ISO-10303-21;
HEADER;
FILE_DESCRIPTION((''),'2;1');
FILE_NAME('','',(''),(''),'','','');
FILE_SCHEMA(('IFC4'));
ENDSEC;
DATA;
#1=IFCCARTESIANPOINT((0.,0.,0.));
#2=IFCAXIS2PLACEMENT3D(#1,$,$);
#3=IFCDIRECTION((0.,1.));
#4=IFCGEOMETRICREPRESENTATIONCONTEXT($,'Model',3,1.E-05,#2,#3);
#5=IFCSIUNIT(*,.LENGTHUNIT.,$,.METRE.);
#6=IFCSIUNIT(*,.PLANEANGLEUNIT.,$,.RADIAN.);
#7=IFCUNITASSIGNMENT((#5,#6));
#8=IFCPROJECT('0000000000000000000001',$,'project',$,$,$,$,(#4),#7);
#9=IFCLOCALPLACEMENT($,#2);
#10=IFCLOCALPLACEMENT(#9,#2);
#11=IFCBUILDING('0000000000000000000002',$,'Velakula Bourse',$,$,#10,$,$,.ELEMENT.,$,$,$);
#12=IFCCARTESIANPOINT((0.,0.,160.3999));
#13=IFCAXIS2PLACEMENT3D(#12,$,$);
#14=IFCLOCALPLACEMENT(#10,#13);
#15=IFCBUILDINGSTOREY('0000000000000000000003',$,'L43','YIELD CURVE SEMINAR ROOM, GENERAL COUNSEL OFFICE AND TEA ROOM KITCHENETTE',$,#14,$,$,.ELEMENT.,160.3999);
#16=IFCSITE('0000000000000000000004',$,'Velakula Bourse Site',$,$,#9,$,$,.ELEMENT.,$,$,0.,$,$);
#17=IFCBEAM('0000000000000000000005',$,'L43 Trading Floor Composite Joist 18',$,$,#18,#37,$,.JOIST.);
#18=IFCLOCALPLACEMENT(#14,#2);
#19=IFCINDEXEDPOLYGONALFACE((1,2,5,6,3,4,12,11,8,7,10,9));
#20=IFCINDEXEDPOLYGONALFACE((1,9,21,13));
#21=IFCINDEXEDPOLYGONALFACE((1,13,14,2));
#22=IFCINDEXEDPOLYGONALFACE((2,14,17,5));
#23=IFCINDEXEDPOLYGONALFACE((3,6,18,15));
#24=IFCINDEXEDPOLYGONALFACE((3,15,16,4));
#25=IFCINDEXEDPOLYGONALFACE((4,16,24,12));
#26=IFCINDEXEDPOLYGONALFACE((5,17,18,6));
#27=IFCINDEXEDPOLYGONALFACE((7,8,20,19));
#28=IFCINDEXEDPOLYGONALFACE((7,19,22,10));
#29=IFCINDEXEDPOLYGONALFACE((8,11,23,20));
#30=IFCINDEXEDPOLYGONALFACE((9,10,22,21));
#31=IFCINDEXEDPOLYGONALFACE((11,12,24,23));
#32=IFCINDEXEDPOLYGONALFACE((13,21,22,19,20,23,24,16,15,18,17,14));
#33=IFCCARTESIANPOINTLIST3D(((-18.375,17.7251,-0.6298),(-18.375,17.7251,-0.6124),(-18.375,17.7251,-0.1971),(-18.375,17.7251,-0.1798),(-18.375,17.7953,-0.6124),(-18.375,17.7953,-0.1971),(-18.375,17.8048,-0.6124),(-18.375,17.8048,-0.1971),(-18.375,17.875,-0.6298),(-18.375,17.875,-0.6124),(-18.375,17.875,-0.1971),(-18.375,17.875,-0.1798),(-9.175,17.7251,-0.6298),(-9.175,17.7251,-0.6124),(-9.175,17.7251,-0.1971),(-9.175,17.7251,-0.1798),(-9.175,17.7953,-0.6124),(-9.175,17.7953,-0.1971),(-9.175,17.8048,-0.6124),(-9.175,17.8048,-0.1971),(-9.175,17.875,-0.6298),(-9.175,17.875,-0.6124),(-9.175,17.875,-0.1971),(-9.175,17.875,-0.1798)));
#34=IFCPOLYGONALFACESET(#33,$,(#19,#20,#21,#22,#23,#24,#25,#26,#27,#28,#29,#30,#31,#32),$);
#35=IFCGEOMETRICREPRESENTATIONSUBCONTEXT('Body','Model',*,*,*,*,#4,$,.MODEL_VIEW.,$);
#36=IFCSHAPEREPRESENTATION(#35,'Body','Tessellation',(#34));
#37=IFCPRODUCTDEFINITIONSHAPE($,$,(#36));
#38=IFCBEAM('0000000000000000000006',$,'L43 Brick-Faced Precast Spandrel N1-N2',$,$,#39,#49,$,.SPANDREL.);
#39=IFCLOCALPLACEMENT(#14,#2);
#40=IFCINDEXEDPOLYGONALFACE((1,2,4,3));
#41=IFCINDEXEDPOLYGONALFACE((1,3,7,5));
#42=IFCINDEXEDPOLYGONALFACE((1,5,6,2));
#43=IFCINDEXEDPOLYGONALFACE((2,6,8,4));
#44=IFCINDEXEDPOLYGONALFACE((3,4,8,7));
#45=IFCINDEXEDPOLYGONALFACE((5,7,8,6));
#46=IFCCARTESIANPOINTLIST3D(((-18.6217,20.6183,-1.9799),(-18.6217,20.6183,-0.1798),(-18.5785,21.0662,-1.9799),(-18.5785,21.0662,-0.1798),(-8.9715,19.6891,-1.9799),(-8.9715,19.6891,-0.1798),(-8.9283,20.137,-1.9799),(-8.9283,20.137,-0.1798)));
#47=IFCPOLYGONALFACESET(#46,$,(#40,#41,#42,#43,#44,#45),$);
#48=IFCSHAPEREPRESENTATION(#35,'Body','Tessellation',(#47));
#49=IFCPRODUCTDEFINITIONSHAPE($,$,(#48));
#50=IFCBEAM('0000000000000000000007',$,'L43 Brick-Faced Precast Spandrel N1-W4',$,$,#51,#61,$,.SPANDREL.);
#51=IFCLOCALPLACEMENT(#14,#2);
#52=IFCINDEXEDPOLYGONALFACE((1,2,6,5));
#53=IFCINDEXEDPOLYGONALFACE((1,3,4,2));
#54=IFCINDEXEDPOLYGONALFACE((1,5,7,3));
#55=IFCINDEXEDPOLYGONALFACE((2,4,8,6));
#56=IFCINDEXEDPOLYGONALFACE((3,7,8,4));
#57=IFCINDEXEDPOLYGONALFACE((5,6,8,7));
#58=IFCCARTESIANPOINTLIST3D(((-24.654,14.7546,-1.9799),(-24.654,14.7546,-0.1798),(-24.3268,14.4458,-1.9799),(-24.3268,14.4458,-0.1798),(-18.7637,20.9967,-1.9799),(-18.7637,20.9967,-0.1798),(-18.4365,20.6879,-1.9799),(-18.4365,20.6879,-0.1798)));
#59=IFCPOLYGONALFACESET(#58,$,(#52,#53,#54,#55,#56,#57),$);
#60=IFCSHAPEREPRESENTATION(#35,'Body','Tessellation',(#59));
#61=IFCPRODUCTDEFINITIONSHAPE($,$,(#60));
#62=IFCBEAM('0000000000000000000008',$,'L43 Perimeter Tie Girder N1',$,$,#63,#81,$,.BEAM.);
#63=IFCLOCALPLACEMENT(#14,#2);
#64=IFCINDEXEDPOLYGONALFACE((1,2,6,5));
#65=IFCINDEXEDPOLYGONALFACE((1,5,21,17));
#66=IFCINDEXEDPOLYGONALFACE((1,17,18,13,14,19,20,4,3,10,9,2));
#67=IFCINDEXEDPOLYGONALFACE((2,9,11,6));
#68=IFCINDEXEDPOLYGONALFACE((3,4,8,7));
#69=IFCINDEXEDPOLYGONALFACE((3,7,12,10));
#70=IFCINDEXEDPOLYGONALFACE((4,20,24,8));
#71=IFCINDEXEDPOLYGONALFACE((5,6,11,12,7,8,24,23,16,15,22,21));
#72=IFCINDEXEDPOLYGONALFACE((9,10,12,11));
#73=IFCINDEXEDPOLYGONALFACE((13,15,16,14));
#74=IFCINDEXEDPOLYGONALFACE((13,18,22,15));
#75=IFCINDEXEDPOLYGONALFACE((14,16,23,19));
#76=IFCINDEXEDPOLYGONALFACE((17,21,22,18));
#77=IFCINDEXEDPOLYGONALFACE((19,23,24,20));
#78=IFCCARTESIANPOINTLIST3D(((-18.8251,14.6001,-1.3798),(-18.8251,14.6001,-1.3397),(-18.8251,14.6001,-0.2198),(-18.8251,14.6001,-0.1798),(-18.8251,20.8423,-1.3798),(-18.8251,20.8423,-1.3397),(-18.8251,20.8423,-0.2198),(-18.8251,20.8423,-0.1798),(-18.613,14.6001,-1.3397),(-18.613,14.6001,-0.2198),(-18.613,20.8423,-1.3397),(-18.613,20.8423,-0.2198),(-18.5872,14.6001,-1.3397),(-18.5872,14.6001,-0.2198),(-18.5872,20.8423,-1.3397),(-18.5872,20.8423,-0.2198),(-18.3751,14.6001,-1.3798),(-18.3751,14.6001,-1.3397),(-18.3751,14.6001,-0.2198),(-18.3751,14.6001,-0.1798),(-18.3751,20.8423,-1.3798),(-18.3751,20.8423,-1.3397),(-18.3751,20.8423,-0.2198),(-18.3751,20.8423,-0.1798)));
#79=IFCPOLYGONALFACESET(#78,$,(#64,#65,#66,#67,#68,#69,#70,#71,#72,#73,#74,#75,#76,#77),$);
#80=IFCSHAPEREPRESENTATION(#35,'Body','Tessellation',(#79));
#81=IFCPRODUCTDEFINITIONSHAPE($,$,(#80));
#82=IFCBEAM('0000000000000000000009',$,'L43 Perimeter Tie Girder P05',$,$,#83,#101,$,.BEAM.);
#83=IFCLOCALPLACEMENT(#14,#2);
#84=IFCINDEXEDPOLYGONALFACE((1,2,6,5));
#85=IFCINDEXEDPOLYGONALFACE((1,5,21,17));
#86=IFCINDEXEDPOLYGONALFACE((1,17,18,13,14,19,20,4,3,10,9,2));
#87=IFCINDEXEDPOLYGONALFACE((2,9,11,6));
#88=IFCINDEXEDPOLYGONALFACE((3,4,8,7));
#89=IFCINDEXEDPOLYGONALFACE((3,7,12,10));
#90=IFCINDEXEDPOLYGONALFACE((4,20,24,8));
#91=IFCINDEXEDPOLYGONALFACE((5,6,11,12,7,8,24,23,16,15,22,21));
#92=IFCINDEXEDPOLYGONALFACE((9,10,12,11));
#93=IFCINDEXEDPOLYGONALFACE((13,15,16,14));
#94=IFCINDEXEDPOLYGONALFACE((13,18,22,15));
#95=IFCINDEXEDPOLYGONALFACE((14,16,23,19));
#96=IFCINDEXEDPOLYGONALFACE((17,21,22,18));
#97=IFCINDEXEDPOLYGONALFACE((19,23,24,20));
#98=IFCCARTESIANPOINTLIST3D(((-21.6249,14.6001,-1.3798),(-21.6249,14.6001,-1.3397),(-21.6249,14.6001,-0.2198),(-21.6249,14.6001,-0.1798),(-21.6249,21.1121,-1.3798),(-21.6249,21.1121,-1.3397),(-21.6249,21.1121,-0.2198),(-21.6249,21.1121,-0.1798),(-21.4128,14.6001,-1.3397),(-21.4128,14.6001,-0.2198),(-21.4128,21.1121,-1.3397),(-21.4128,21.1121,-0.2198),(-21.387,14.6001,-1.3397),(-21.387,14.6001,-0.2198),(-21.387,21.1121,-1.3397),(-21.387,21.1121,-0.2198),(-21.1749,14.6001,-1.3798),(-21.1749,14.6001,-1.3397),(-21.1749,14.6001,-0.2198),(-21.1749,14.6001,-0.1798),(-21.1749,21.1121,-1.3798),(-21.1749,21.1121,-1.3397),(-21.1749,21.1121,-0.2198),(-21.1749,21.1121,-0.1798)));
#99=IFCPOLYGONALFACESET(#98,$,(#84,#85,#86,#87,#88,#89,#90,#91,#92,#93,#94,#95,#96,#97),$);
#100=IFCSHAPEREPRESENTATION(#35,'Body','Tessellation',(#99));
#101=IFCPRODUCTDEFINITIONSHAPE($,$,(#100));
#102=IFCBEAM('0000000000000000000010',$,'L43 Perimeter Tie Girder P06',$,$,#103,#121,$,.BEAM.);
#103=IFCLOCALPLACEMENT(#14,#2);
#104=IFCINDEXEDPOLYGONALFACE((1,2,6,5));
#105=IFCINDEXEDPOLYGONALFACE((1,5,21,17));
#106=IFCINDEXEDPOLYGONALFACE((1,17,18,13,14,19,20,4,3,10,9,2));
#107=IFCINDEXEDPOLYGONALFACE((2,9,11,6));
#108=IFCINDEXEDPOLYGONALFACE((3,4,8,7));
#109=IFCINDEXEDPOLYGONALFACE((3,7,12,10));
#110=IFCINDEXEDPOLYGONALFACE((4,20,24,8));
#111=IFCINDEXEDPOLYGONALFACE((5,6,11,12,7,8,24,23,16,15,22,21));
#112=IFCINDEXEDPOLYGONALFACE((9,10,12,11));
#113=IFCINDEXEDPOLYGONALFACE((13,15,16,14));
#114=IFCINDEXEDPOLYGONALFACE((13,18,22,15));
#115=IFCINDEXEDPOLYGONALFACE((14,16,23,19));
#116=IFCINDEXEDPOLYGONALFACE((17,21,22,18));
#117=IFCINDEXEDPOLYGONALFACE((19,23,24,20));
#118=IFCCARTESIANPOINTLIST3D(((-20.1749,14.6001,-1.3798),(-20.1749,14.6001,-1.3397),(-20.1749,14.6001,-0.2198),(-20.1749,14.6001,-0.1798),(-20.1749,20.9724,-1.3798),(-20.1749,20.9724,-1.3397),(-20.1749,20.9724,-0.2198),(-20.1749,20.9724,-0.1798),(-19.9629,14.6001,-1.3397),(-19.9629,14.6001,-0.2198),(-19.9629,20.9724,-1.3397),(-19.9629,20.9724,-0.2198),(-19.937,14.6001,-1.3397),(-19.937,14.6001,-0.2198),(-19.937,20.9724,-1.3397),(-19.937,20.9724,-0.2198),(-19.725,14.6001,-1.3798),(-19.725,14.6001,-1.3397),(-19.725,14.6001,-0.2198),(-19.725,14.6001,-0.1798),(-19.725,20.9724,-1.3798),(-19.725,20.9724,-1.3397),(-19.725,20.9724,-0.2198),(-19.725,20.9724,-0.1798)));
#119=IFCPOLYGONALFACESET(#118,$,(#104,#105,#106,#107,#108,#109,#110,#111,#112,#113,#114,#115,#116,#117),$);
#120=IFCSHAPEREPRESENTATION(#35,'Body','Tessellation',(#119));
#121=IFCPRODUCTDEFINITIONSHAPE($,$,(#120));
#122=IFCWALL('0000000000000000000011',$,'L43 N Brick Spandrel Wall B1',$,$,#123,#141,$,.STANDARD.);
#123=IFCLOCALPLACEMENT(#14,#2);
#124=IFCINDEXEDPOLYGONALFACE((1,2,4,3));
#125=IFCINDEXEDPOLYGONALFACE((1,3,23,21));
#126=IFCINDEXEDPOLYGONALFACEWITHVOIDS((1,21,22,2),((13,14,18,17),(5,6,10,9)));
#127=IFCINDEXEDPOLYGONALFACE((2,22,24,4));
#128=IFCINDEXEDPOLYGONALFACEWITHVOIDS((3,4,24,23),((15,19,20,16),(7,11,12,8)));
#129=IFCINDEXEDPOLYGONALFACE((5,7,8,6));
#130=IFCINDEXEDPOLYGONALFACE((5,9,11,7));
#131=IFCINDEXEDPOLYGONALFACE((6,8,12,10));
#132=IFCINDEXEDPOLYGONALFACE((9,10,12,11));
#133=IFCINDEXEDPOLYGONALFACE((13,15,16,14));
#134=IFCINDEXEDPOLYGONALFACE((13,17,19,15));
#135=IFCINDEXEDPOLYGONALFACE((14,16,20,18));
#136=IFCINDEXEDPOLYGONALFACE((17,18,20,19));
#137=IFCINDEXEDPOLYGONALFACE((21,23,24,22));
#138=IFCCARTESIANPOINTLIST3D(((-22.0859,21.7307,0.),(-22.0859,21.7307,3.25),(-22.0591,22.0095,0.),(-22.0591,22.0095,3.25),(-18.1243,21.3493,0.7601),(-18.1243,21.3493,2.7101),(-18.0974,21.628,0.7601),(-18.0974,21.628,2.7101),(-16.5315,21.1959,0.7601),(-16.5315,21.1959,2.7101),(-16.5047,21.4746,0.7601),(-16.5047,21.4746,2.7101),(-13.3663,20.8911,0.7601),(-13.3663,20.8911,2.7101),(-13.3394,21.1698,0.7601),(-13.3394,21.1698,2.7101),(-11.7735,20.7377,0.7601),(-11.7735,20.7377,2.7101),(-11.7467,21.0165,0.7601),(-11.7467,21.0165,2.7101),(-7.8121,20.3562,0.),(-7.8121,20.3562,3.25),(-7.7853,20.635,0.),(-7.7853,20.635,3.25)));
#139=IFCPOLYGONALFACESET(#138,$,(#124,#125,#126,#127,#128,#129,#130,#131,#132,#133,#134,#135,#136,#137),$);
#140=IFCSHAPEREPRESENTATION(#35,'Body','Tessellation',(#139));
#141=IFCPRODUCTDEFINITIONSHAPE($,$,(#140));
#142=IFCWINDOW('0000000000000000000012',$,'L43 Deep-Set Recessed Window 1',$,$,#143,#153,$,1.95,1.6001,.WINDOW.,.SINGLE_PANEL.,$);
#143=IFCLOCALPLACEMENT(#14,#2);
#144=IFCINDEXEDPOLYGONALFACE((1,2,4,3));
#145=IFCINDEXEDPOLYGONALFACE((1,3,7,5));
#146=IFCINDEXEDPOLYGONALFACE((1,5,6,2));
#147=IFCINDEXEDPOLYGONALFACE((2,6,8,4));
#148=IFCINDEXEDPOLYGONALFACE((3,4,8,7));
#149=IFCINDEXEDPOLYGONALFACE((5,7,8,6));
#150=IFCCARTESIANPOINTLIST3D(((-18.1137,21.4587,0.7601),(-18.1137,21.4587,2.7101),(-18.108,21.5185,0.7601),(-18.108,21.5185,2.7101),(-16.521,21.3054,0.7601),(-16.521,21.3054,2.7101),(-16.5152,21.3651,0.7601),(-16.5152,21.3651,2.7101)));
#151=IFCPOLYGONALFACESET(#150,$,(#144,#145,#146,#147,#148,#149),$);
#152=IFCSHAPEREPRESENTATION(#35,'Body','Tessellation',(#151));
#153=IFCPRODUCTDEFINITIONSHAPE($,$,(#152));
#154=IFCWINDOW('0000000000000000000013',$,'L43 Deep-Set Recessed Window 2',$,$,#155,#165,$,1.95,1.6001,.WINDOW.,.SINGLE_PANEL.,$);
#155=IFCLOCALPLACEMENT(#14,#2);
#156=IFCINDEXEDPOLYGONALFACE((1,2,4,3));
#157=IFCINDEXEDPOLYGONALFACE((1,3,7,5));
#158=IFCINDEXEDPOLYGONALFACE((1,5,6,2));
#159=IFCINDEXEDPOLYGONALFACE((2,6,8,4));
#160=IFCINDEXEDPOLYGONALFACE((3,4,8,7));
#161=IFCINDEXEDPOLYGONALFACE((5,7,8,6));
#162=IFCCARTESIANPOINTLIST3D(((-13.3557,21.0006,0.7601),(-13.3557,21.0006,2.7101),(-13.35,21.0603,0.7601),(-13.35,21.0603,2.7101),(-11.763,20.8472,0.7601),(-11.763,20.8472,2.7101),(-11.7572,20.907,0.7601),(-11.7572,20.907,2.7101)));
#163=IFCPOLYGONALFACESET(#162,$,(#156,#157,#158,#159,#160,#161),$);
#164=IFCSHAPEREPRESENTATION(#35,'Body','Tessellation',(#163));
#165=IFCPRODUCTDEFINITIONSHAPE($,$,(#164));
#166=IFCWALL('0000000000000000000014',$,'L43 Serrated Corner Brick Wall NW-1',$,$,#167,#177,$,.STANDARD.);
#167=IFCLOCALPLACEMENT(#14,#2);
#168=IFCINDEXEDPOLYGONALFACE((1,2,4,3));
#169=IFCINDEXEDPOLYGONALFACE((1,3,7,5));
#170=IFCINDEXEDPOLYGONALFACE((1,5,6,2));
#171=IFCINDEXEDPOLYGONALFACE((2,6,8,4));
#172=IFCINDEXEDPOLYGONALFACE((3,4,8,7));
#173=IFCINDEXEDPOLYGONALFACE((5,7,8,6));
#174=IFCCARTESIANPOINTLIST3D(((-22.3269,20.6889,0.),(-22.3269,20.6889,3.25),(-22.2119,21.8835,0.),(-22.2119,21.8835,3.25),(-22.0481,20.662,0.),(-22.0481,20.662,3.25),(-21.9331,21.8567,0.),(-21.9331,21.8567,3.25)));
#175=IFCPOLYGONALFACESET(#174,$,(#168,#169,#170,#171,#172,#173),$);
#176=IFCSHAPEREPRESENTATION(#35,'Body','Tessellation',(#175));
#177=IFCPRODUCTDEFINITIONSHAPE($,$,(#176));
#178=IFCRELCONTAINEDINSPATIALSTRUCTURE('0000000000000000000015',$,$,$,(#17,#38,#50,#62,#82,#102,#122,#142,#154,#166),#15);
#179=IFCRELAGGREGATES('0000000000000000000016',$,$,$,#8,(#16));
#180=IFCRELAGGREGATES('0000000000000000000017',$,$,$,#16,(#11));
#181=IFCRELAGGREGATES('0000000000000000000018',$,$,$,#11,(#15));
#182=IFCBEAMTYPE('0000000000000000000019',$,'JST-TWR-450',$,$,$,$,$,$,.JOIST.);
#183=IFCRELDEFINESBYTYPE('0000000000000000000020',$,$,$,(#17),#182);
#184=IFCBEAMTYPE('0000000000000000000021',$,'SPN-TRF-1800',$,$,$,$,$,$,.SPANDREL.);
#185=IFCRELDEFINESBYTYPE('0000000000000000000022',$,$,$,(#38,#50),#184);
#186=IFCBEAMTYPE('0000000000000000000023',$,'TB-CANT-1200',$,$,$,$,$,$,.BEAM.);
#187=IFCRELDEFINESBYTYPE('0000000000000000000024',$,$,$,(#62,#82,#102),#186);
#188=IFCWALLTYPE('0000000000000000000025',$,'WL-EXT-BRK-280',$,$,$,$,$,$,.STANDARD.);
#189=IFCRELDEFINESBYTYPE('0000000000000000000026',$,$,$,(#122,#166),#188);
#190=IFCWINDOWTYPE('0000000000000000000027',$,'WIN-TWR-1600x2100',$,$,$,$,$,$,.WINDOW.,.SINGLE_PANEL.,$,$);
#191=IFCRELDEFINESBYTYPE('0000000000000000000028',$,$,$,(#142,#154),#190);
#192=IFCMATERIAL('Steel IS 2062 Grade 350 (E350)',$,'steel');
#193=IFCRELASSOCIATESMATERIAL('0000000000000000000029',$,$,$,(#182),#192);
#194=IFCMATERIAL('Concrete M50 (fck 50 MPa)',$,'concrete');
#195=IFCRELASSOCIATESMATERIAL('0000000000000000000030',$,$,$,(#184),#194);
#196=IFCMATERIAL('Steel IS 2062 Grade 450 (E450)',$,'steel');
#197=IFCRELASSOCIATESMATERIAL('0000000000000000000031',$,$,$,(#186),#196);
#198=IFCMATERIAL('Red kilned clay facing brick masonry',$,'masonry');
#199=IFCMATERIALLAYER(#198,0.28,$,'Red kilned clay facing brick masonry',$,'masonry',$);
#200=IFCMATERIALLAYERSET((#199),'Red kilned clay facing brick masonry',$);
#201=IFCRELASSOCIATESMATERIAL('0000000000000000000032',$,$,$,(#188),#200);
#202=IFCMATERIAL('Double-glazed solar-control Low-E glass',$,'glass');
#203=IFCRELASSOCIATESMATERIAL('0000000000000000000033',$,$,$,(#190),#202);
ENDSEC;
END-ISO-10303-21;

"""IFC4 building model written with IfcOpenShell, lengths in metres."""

from ifc_helpers import new_model, si_unit, direction, frame, frame_2d, origin, origin_2d, place, context, subcontext, project, spatial, rectangle, i_section, extrude, material, layer, layer_set, material_profile, profile_set, type_object, element, fill, save


model = new_model("IFC4")

# Units and contexts
model_context = context("Model", 3, precision=1e-05, world=origin(), true_north=direction((0.0, 1.0)))
body_context = subcontext(model_context, "Body", "Model", "MODEL_VIEW")
ifc_project = project(units=[si_unit("LENGTHUNIT", "METRE"), si_unit("PLANEANGLEUNIT", "RADIAN")], contexts=[model_context])

# Site, building, storey
site_placement = place(None, origin())
site = spatial("IfcSite", under=ifc_project, at=site_placement, Name="Velakula Bourse Site", CompositionType="ELEMENT", RefElevation=0.0)
building_placement = place(site_placement, origin())
building = spatial("IfcBuilding", under=site, at=building_placement, Name="Velakula Bourse", CompositionType="ELEMENT")
storey_placement = place(building_placement, frame((0.0, 0.0, 160.3999)))
storey = spatial("IfcBuildingStorey", under=building, at=storey_placement, Name="L43", Description="YIELD CURVE SEMINAR ROOM, GENERAL COUNSEL OFFICE AND TEA ROOM KITCHENETTE", CompositionType="ELEMENT", Elevation=160.3999)

# Shared definitions
ifc_material_1 = material(Name="Steel IS 2062 Grade 350 (E350)", Category="steel")

# Beams
ifc_material_profile_1 = material_profile(ifc_material_1, i_section(OverallWidth=0.1499, OverallDepth=0.45, WebThickness=0.0095, FlangeThickness=0.0173, at=origin_2d()), Name="Steel IS 2062 Grade 350 (E350)")
ifc_profile_set_1 = profile_set([ifc_material_profile_1], Name="Steel IS 2062 Grade 350 (E350)")
beam_type_1 = type_object("IfcBeamType", Name="JST-TWR-450", PredefinedType="JOIST", material=ifc_profile_set_1)
beam_1_placement = place(storey_placement, frame((-18.375, 17.8, -0.4048), z_axis=(1.0, 0.0, 0.0), x_axis=(0.0, 1.0, 0.0)))
element("IfcBeam", 1, at=beam_1_placement, inside=storey, type_object=beam_type_1, Name="L43 Trading Floor Composite Joist 18", PredefinedType="JOIST", context=body_context, shape_type="SweptSolid", body=[
    extrude(i_section(OverallWidth=0.1499, OverallDepth=0.45, WebThickness=0.0095, FlangeThickness=0.0173, at=origin_2d()), origin(), (0.0, 0.0, 1.0), 9.2),
])
ifc_material_2 = material(Name="Concrete M50 (fck 50 MPa)", Category="concrete")
ifc_material_profile_2 = material_profile(ifc_material_2, rectangle(XDim=0.45, YDim=1.8, at=origin_2d()), Name="Concrete M50 (fck 50 MPa)")
ifc_profile_set_2 = profile_set([ifc_material_profile_2], Name="Concrete M50 (fck 50 MPa)")
beam_type_2 = type_object("IfcBeamType", Name="SPN-TRF-1800", PredefinedType="SPANDREL", material=ifc_profile_set_2)
beam_2_placement = place(storey_placement, frame((-18.6001, 20.8423, -1.0798), z_axis=(0.995396, -0.095845, 0.0), x_axis=(0.095845, 0.995396, 0.0)))
element("IfcBeam", 2, at=beam_2_placement, inside=storey, type_object=beam_type_2, Name="L43 Brick-Faced Precast Spandrel N1-N2", PredefinedType="SPANDREL", context=body_context, shape_type="SweptSolid", body=[
    extrude(rectangle(XDim=0.45, YDim=1.8, at=origin_2d()), origin(), (0.0, 0.0, 1.0), 9.6948),
])
beam_3_placement = place(storey_placement, frame((-18.6001, 20.8423, -1.0798), z_axis=(-0.686314, -0.727305, 0.0), x_axis=(0.727305, -0.686314, 0.0)))
element("IfcBeam", 3, at=beam_3_placement, inside=storey, type_object=beam_type_2, Name="L43 Brick-Faced Precast Spandrel N1-W4", PredefinedType="SPANDREL", context=body_context, shape_type="SweptSolid", body=[
    extrude(rectangle(XDim=0.45, YDim=1.8, at=origin_2d()), origin(), (0.0, 0.0, 1.0), 8.5825),
])
ifc_material_3 = material(Name="Steel IS 2062 Grade 450 (E450)", Category="steel")
ifc_material_profile_3 = material_profile(ifc_material_3, i_section(OverallWidth=0.45, OverallDepth=1.2, WebThickness=0.0259, FlangeThickness=0.04, at=origin_2d()), Name="Steel IS 2062 Grade 450 (E450)")
ifc_profile_set_3 = profile_set([ifc_material_profile_3], Name="Steel IS 2062 Grade 450 (E450)")
beam_type_3 = type_object("IfcBeamType", Name="TB-CANT-1200", PredefinedType="BEAM", material=ifc_profile_set_3)
beam_4_placement = place(storey_placement, frame((-18.6001, 14.6001, -0.7798), z_axis=(0.0, 1.0, 0.0), x_axis=(-1.0, 0.0, 0.0)))
element("IfcBeam", 4, at=beam_4_placement, inside=storey, type_object=beam_type_3, Name="L43 Perimeter Tie Girder N1", PredefinedType="BEAM", context=body_context, shape_type="SweptSolid", body=[
    extrude(i_section(OverallWidth=0.45, OverallDepth=1.2, WebThickness=0.0259, FlangeThickness=0.04, at=origin_2d()), origin(), (0.0, 0.0, 1.0), 6.2422),
])
beam_5_placement = place(storey_placement, frame((-21.3999, 14.6001, -0.7798), z_axis=(0.0, 1.0, 0.0), x_axis=(-1.0, 0.0, 0.0)))
element("IfcBeam", 5, at=beam_5_placement, inside=storey, type_object=beam_type_3, Name="L43 Perimeter Tie Girder P05", PredefinedType="BEAM", context=body_context, shape_type="SweptSolid", body=[
    extrude(i_section(OverallWidth=0.45, OverallDepth=1.2, WebThickness=0.0259, FlangeThickness=0.04, at=origin_2d()), origin(), (0.0, 0.0, 1.0), 6.512),
])
beam_6_placement = place(storey_placement, frame((-19.95, 14.6001, -0.7798), z_axis=(0.0, 1.0, 0.0), x_axis=(-1.0, 0.0, 0.0)))
element("IfcBeam", 6, at=beam_6_placement, inside=storey, type_object=beam_type_3, Name="L43 Perimeter Tie Girder P06", PredefinedType="BEAM", context=body_context, shape_type="SweptSolid", body=[
    extrude(i_section(OverallWidth=0.45, OverallDepth=1.2, WebThickness=0.0259, FlangeThickness=0.04, at=origin_2d()), origin(), (0.0, 0.0, 1.0), 6.3723),
])

# Wall, openings, windows
ifc_material_4 = material(Name="Red kilned clay facing brick masonry", Category="masonry")
ifc_layer = layer(ifc_material_4, 0.28, Name="Red kilned clay facing brick masonry", Category="masonry")
ifc_layer_set = layer_set([ifc_layer], Name="Red kilned clay facing brick masonry")
wall_type = type_object("IfcWallType", Name="WL-EXT-BRK-280", PredefinedType="STANDARD", material=ifc_layer_set)
wall_placement = place(storey_placement, frame((-22.0725, 21.8701, 0.0), z_axis=(0.0, 0.0, 1.0), x_axis=(0.995396, -0.095852, 0.0)))
wall = element("IfcWall", 7, at=wall_placement, inside=storey, type_object=wall_type, Name="L43 N Brick Spandrel Wall B1", PredefinedType="STANDARD", context=body_context, shape_type="SweptSolid", body=[
    extrude(rectangle(XDim=14.3398, YDim=0.28, at=frame_2d((7.1699, 0.0))), origin(), (0.0, 0.0, 1.0), 3.25),
])
opening_1_placement = place(wall_placement, frame((3.98, 0.0, 0.76)))
opening_1 = element("IfcOpeningElement", 8, at=opening_1_placement, cuts=wall, PredefinedType="OPENING", context=body_context, shape_type="SweptSolid", body=[
    extrude(rectangle(XDim=1.6001, YDim=1.95, at=frame_2d((0.8, 0.9751))), frame((0.0, 0.1499, 0.0), z_axis=(0.0, -1.0, 0.0), x_axis=(1.0, 0.0, 0.0)), (0.0, 0.0, 1.0), 0.3),
])
opening_2_placement = place(wall_placement, frame((8.76, 0.0, 0.76)))
opening_2 = element("IfcOpeningElement", 9, at=opening_2_placement, cuts=wall, PredefinedType="OPENING", context=body_context, shape_type="SweptSolid", body=[
    extrude(rectangle(XDim=1.6001, YDim=1.95, at=frame_2d((0.8, 0.9751))), frame((0.0, 0.1499, 0.0), z_axis=(0.0, -1.0, 0.0), x_axis=(1.0, 0.0, 0.0)), (0.0, 0.0, 1.0), 0.3),
])
ifc_material_5 = material(Name="Double-glazed solar-control Low-E glass", Category="glass")
window_type = type_object("IfcWindowType", Name="WIN-TWR-1600x2100", PartitioningType="SINGLE_PANEL", PredefinedType="WINDOW", material=ifc_material_5)
window_1_placement = place(opening_1_placement, origin())
window_1 = element("IfcWindow", 10, at=window_1_placement, inside=storey, type_object=window_type, Name="L43 Deep-Set Recessed Window 1", OverallHeight=1.95, OverallWidth=1.6001, PartitioningType="SINGLE_PANEL", PredefinedType="WINDOW", context=body_context, shape_type="SweptSolid", body=[
    extrude(rectangle(XDim=1.6001, YDim=1.95, at=frame_2d((0.8, 0.9751))), frame((0.0, 0.03, 0.0), z_axis=(0.0, -1.0, 0.0), x_axis=(1.0, 0.0, 0.0)), (0.0, 0.0, 1.0), 0.0601),
])
fill(opening_1, window_1)
window_2_placement = place(opening_2_placement, origin())
window_2 = element("IfcWindow", 11, at=window_2_placement, inside=storey, type_object=window_type, Name="L43 Deep-Set Recessed Window 2", OverallHeight=1.95, OverallWidth=1.6001, PartitioningType="SINGLE_PANEL", PredefinedType="WINDOW", context=body_context, shape_type="SweptSolid", body=[
    extrude(rectangle(XDim=1.6001, YDim=1.95, at=frame_2d((0.8, 0.9751))), frame((0.0, 0.03, 0.0), z_axis=(0.0, -1.0, 0.0), x_axis=(1.0, 0.0, 0.0)), (0.0, 0.0, 1.0), 0.0601),
])
fill(opening_2, window_2)

# Wall
for number, where, z_axis, x_axis, name in (
    (12, (-22.0725, 21.8701, 0.0), (0.0, 0.0, 1.0), (-0.095817, -0.995399, 0.0), "L43 Serrated Corner Brick Wall NW-1"),
):
    element("IfcWall", number, at=place(storey_placement, frame(where, z_axis=z_axis, x_axis=x_axis)), inside=storey, type_object=wall_type, Name=name, PredefinedType="STANDARD", context=body_context, shape_type="SweptSolid", body=[
        extrude(rectangle(XDim=1.2002, YDim=0.28, at=frame_2d((0.6001, 0.0))), origin(), (0.0, 0.0, 1.0), 3.25),
    ])

save(model, "model.ifc")
